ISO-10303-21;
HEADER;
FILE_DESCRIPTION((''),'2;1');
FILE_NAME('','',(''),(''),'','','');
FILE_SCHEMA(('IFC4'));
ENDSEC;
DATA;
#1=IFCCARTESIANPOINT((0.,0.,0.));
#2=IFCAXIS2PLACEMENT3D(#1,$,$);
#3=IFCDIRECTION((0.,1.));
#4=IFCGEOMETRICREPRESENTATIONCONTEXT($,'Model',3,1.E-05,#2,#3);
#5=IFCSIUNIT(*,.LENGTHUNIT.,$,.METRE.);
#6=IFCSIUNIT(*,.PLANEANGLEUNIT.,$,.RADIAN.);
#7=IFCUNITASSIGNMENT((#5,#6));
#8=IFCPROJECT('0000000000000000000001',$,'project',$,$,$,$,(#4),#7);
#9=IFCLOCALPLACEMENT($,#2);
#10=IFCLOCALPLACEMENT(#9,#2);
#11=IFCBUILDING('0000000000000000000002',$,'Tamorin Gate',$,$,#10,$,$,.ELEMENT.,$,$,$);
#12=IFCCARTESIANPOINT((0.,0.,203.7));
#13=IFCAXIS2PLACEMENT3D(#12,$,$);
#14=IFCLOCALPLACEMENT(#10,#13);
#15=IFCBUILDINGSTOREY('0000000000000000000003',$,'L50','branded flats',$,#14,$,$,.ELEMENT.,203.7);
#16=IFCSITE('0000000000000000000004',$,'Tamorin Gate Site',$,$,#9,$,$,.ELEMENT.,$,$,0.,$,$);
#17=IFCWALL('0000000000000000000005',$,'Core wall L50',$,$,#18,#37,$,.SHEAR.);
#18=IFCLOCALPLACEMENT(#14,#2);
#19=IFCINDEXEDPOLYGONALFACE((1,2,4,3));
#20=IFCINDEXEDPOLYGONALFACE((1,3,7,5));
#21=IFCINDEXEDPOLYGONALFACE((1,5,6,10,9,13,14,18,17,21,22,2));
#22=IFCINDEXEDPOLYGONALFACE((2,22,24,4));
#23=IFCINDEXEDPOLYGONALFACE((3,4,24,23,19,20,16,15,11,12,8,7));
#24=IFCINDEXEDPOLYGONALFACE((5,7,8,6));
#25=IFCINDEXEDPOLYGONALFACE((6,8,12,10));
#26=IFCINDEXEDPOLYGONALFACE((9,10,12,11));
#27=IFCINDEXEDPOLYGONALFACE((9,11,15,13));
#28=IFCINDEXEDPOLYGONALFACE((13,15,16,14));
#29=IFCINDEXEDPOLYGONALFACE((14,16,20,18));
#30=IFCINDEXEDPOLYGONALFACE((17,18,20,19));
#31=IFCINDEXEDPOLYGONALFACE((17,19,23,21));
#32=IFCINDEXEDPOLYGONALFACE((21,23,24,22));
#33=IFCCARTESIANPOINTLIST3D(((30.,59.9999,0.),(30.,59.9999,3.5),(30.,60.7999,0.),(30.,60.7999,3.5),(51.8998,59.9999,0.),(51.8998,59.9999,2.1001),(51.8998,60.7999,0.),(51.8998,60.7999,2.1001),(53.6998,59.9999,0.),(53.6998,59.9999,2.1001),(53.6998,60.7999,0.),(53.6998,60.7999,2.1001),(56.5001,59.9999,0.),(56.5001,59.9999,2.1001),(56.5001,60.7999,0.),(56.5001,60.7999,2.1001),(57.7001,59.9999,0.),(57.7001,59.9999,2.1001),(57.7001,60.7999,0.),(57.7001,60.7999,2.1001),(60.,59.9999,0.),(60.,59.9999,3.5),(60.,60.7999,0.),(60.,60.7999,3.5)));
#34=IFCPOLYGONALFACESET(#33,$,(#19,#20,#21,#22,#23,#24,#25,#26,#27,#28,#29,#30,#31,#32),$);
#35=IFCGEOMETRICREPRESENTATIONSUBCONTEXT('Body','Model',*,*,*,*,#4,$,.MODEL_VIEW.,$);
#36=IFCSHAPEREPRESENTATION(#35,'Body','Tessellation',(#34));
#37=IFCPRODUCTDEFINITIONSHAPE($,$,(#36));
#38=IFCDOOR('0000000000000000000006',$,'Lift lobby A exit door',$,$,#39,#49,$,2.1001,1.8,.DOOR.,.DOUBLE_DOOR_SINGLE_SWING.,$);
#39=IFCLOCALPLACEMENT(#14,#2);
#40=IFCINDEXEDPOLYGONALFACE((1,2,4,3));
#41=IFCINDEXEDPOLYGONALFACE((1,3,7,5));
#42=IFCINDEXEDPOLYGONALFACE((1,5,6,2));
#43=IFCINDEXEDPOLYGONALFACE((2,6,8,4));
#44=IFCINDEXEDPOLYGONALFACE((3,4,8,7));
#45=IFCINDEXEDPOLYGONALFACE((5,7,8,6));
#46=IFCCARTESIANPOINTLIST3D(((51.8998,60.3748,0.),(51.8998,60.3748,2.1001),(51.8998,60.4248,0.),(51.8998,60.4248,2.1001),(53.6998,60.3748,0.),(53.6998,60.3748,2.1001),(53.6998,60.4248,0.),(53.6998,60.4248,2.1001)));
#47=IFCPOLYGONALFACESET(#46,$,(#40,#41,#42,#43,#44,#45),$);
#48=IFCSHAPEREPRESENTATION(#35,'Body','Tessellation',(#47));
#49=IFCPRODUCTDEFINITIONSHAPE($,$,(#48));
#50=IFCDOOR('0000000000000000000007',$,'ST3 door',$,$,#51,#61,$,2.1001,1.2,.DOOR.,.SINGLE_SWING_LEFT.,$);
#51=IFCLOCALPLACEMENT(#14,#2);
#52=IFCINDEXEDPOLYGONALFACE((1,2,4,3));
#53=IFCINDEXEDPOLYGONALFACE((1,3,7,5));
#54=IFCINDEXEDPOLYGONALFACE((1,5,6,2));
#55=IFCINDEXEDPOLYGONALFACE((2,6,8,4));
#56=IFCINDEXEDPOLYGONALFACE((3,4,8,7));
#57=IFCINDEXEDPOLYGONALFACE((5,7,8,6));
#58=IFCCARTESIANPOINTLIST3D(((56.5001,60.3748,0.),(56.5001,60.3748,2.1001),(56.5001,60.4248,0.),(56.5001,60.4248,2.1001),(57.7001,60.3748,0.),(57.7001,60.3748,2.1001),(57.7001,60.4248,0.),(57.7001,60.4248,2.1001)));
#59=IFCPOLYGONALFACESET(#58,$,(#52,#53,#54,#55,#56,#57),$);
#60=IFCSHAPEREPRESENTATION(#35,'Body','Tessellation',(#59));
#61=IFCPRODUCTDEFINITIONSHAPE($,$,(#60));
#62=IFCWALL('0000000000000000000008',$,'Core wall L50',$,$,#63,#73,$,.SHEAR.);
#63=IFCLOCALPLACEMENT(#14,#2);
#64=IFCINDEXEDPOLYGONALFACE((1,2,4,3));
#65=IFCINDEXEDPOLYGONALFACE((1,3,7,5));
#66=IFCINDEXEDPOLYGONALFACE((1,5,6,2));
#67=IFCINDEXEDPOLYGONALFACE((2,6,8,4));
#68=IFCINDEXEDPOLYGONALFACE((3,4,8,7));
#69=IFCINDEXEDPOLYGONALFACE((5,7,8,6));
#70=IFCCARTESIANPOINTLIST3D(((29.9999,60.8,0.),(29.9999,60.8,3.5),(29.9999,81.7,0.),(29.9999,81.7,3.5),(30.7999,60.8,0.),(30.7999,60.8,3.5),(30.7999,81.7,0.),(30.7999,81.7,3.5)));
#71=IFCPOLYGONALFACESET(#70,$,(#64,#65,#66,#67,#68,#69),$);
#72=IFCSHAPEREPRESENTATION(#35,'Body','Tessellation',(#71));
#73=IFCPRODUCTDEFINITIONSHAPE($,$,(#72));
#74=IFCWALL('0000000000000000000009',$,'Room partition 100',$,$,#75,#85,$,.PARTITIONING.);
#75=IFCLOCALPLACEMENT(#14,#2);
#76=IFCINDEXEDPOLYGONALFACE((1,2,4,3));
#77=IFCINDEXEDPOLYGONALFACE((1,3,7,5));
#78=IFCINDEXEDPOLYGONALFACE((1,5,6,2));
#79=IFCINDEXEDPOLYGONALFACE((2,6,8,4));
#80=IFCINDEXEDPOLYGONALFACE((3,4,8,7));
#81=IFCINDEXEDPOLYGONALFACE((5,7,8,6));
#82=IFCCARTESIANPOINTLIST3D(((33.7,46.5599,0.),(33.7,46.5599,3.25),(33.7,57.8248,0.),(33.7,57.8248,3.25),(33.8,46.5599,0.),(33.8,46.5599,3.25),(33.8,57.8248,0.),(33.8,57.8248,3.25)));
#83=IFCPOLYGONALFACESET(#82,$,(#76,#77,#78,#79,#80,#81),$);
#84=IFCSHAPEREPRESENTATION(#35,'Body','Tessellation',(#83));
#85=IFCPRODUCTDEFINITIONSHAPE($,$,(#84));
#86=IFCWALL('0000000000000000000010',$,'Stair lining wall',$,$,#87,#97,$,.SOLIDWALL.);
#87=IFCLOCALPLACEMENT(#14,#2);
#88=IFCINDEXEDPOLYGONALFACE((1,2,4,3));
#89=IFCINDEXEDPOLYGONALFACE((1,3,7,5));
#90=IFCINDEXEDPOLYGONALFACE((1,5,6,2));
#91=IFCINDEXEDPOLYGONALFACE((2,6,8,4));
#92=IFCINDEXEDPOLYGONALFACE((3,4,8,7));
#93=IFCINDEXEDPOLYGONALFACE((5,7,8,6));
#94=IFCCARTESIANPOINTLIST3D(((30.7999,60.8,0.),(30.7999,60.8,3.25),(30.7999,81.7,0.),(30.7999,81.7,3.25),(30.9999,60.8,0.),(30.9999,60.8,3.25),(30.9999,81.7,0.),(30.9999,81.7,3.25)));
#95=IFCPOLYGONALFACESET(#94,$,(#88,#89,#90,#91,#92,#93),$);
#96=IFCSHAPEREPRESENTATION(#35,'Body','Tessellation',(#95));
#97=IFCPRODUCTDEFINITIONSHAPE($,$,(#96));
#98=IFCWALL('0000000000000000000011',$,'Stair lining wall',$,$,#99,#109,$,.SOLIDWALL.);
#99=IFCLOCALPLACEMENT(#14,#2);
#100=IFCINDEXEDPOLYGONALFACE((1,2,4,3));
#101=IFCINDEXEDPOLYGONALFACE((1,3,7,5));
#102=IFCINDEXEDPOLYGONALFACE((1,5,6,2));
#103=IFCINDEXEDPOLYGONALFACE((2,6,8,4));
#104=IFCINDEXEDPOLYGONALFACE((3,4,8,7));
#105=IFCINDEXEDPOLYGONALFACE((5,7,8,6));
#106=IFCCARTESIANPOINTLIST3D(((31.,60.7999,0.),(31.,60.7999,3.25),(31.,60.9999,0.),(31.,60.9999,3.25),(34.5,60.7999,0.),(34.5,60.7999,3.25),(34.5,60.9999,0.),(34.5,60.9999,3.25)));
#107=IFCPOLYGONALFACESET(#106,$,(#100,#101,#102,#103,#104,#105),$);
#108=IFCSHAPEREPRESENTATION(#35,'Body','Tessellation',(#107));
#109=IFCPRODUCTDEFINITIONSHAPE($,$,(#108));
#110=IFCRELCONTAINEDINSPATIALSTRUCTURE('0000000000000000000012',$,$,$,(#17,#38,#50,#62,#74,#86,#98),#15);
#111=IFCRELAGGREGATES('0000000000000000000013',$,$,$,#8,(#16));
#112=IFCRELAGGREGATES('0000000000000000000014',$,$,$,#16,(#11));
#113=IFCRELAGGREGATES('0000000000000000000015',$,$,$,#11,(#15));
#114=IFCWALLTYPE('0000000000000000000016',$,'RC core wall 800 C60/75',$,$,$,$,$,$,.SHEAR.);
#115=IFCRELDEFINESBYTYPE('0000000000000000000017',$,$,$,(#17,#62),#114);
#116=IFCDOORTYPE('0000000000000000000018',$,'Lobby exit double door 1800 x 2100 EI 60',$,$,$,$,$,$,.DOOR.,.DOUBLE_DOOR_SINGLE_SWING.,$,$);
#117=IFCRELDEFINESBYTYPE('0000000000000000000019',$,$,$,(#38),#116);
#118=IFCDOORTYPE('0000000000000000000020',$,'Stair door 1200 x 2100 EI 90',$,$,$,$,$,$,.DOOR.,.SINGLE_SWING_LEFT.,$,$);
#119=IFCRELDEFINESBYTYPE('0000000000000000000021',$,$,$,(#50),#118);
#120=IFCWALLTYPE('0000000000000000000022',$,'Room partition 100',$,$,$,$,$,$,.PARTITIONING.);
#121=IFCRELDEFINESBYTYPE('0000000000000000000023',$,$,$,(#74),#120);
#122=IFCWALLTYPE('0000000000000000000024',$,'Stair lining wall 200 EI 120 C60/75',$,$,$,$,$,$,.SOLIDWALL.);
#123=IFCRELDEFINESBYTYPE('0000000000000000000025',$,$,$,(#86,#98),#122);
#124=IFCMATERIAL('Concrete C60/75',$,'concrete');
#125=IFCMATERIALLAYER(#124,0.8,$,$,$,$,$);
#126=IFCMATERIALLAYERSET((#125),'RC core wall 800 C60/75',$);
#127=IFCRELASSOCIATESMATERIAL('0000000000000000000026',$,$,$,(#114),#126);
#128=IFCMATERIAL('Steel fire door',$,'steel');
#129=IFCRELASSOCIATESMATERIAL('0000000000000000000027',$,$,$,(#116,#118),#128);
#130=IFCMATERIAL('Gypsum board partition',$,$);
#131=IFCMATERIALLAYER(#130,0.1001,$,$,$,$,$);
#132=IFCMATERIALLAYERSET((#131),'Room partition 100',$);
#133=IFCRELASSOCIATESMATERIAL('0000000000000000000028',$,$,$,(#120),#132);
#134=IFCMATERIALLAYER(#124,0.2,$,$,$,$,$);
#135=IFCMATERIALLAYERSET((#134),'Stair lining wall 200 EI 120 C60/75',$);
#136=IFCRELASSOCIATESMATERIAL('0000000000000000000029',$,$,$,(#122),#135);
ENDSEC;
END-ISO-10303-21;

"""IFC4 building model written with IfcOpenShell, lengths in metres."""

from ifc_helpers import new_model, si_unit, direction, frame, frame_2d, origin, place, context, subcontext, project, spatial, rectangle, extrude, material, layer, layer_set, type_object, element, fill, save


model = new_model("IFC4")

# Units and contexts
model_context = context("Model", 3, precision=1e-05, world=origin(), true_north=direction((0.0, 1.0)))
body_context = subcontext(model_context, "Body", "Model", "MODEL_VIEW")
ifc_project = project(units=[si_unit("LENGTHUNIT", "METRE"), si_unit("PLANEANGLEUNIT", "RADIAN")], contexts=[model_context])

# Site, building, storey
site_placement = place(None, origin())
site = spatial("IfcSite", under=ifc_project, at=site_placement, Name="Tamorin Gate Site", CompositionType="ELEMENT", RefElevation=0.0)
building_placement = place(site_placement, origin())
building = spatial("IfcBuilding", under=site, at=building_placement, Name="Tamorin Gate", CompositionType="ELEMENT")
storey_placement = place(building_placement, frame((0.0, 0.0, 203.7)))
storey = spatial("IfcBuildingStorey", under=building, at=storey_placement, Name="L50", Description="branded flats", CompositionType="ELEMENT", Elevation=203.7)

# Shared definitions
ifc_material_1 = material(Name="Concrete C60/75", Category="concrete")

# Shared definitions
ifc_material_2 = material(Name="Gypsum board partition")

# Wall, openings, doors
ifc_layer_1 = layer(ifc_material_1, 0.8)
ifc_layer_set_1 = layer_set([ifc_layer_1], Name="RC core wall 800 C60/75")
wall_type_1 = type_object("IfcWallType", Name="RC core wall 800 C60/75", PredefinedType="SHEAR", material=ifc_layer_set_1)
wall_1_placement = place(storey_placement, frame((30.0, 60.3999, 0.0), z_axis=(0.0, 0.0, 1.0), x_axis=(1.0, 0.0, 0.0)))
wall_1 = element("IfcWall", 1, at=wall_1_placement, inside=storey, type_object=wall_type_1, Name="Core wall L50", PredefinedType="SHEAR", context=body_context, shape_type="SweptSolid", body=[
    extrude(rectangle(XDim=30.0, YDim=0.8, at=frame_2d((15.0, 0.0))), origin(), (0.0, 0.0, 1.0), 3.5),
])
opening_1_placement = place(wall_1_placement, frame((21.8999, 0.0, 0.0)))
opening_1 = element("IfcOpeningElement", 2, at=opening_1_placement, cuts=wall_1, PredefinedType="OPENING", context=body_context, shape_type="SweptSolid", body=[
    extrude(rectangle(XDim=1.8, YDim=2.1001, at=frame_2d((0.8999, 1.05))), frame((0.0, 0.4099, 0.0), z_axis=(0.0, -1.0, 0.0), x_axis=(1.0, 0.0, 0.0)), (0.0, 0.0, 1.0), 0.8201),
])
opening_2_placement = place(wall_1_placement, frame((26.5, 0.0, 0.0)))
opening_2 = element("IfcOpeningElement", 3, at=opening_2_placement, cuts=wall_1, PredefinedType="OPENING", context=body_context, shape_type="SweptSolid", body=[
    extrude(rectangle(XDim=1.2, YDim=2.1001, at=frame_2d((0.6001, 1.05))), frame((0.0, 0.4099, 0.0), z_axis=(0.0, -1.0, 0.0), x_axis=(1.0, 0.0, 0.0)), (0.0, 0.0, 1.0), 0.8201),
])
ifc_material_3 = material(Name="Steel fire door", Category="steel")
door_type_1 = type_object("IfcDoorType", Name="Lobby exit double door 1800 x 2100 EI 60", OperationType="DOUBLE_DOOR_SINGLE_SWING", PredefinedType="DOOR", material=ifc_material_3)
door_1_placement = place(opening_1_placement, origin())
door_1 = element("IfcDoor", 4, at=door_1_placement, inside=storey, type_object=door_type_1, Name="Lift lobby A exit door", OperationType="DOUBLE_DOOR_SINGLE_SWING", OverallHeight=2.1001, OverallWidth=1.8, PredefinedType="DOOR", context=body_context, shape_type="SweptSolid", body=[
    extrude(rectangle(XDim=1.8, YDim=2.1001, at=frame_2d((0.8999, 1.05))), frame((0.0, 0.0249, 0.0), z_axis=(0.0, -1.0, 0.0), x_axis=(1.0, 0.0, 0.0)), (0.0, 0.0, 1.0), 0.05),
])
fill(opening_1, door_1)
door_type_2 = type_object("IfcDoorType", Name="Stair door 1200 x 2100 EI 90", OperationType="SINGLE_SWING_LEFT", PredefinedType="DOOR", material=ifc_material_3)
door_2_placement = place(opening_2_placement, origin())
door_2 = element("IfcDoor", 5, at=door_2_placement, inside=storey, type_object=door_type_2, Name="ST3 door", OperationType="SINGLE_SWING_LEFT", OverallHeight=2.1001, OverallWidth=1.2, PredefinedType="DOOR", context=body_context, shape_type="SweptSolid", body=[
    extrude(rectangle(XDim=1.2, YDim=2.1001, at=frame_2d((0.6001, 1.05))), frame((0.0, 0.0249, 0.0), z_axis=(0.0, -1.0, 0.0), x_axis=(1.0, 0.0, 0.0)), (0.0, 0.0, 1.0), 0.05),
])
fill(opening_2, door_2)

# Walls
wall_2_placement = place(storey_placement, frame((30.3999, 60.8, 0.0), z_axis=(0.0, 0.0, 1.0), x_axis=(0.0, 1.0, 0.0)))
element("IfcWall", 6, at=wall_2_placement, inside=storey, type_object=wall_type_1, Name="Core wall L50", PredefinedType="SHEAR", context=body_context, shape_type="SweptSolid", body=[
    extrude(rectangle(XDim=20.8999, YDim=0.8, at=frame_2d((10.45, 0.0))), origin(), (0.0, 0.0, 1.0), 3.5),
])
ifc_layer_2 = layer(ifc_material_2, 0.1001)
ifc_layer_set_2 = layer_set([ifc_layer_2], Name="Room partition 100")
wall_type_2 = type_object("IfcWallType", Name="Room partition 100", PredefinedType="PARTITIONING", material=ifc_layer_set_2)
wall_3_placement = place(storey_placement, frame((33.75, 46.5601, 0.0), z_axis=(0.0, 0.0, 1.0), x_axis=(0.0, 1.0, 0.0)))
element("IfcWall", 7, at=wall_3_placement, inside=storey, type_object=wall_type_2, Name="Room partition 100", PredefinedType="PARTITIONING", context=body_context, shape_type="SweptSolid", body=[
    extrude(rectangle(XDim=11.2649, YDim=0.1001, at=frame_2d((5.6323, 0.0))), origin(), (0.0, 0.0, 1.0), 3.25),
])
ifc_layer_3 = layer(ifc_material_1, 0.2)
ifc_layer_set_3 = layer_set([ifc_layer_3], Name="Stair lining wall 200 EI 120 C60/75")
wall_type_3 = type_object("IfcWallType", Name="Stair lining wall 200 EI 120 C60/75", PredefinedType="SOLIDWALL", material=ifc_layer_set_3)
wall_4_placement = place(storey_placement, frame((30.8999, 60.8, 0.0), z_axis=(0.0, 0.0, 1.0), x_axis=(0.0, 1.0, 0.0)))
element("IfcWall", 8, at=wall_4_placement, inside=storey, type_object=wall_type_3, Name="Stair lining wall", PredefinedType="SOLIDWALL", context=body_context, shape_type="SweptSolid", body=[
    extrude(rectangle(XDim=20.8999, YDim=0.2, at=frame_2d((10.45, 0.0))), origin(), (0.0, 0.0, 1.0), 3.25),
])
wall_5_placement = place(storey_placement, frame((31.0, 60.8999, 0.0), z_axis=(0.0, 0.0, 1.0), x_axis=(1.0, 0.0, 0.0)))
element("IfcWall", 9, at=wall_5_placement, inside=storey, type_object=wall_type_3, Name="Stair lining wall", PredefinedType="SOLIDWALL", context=body_context, shape_type="SweptSolid", body=[
    extrude(rectangle(XDim=3.5, YDim=0.2, at=frame_2d((1.75, 0.0))), origin(), (0.0, 0.0, 1.0), 3.25),
])

save(model, "model.ifc")
